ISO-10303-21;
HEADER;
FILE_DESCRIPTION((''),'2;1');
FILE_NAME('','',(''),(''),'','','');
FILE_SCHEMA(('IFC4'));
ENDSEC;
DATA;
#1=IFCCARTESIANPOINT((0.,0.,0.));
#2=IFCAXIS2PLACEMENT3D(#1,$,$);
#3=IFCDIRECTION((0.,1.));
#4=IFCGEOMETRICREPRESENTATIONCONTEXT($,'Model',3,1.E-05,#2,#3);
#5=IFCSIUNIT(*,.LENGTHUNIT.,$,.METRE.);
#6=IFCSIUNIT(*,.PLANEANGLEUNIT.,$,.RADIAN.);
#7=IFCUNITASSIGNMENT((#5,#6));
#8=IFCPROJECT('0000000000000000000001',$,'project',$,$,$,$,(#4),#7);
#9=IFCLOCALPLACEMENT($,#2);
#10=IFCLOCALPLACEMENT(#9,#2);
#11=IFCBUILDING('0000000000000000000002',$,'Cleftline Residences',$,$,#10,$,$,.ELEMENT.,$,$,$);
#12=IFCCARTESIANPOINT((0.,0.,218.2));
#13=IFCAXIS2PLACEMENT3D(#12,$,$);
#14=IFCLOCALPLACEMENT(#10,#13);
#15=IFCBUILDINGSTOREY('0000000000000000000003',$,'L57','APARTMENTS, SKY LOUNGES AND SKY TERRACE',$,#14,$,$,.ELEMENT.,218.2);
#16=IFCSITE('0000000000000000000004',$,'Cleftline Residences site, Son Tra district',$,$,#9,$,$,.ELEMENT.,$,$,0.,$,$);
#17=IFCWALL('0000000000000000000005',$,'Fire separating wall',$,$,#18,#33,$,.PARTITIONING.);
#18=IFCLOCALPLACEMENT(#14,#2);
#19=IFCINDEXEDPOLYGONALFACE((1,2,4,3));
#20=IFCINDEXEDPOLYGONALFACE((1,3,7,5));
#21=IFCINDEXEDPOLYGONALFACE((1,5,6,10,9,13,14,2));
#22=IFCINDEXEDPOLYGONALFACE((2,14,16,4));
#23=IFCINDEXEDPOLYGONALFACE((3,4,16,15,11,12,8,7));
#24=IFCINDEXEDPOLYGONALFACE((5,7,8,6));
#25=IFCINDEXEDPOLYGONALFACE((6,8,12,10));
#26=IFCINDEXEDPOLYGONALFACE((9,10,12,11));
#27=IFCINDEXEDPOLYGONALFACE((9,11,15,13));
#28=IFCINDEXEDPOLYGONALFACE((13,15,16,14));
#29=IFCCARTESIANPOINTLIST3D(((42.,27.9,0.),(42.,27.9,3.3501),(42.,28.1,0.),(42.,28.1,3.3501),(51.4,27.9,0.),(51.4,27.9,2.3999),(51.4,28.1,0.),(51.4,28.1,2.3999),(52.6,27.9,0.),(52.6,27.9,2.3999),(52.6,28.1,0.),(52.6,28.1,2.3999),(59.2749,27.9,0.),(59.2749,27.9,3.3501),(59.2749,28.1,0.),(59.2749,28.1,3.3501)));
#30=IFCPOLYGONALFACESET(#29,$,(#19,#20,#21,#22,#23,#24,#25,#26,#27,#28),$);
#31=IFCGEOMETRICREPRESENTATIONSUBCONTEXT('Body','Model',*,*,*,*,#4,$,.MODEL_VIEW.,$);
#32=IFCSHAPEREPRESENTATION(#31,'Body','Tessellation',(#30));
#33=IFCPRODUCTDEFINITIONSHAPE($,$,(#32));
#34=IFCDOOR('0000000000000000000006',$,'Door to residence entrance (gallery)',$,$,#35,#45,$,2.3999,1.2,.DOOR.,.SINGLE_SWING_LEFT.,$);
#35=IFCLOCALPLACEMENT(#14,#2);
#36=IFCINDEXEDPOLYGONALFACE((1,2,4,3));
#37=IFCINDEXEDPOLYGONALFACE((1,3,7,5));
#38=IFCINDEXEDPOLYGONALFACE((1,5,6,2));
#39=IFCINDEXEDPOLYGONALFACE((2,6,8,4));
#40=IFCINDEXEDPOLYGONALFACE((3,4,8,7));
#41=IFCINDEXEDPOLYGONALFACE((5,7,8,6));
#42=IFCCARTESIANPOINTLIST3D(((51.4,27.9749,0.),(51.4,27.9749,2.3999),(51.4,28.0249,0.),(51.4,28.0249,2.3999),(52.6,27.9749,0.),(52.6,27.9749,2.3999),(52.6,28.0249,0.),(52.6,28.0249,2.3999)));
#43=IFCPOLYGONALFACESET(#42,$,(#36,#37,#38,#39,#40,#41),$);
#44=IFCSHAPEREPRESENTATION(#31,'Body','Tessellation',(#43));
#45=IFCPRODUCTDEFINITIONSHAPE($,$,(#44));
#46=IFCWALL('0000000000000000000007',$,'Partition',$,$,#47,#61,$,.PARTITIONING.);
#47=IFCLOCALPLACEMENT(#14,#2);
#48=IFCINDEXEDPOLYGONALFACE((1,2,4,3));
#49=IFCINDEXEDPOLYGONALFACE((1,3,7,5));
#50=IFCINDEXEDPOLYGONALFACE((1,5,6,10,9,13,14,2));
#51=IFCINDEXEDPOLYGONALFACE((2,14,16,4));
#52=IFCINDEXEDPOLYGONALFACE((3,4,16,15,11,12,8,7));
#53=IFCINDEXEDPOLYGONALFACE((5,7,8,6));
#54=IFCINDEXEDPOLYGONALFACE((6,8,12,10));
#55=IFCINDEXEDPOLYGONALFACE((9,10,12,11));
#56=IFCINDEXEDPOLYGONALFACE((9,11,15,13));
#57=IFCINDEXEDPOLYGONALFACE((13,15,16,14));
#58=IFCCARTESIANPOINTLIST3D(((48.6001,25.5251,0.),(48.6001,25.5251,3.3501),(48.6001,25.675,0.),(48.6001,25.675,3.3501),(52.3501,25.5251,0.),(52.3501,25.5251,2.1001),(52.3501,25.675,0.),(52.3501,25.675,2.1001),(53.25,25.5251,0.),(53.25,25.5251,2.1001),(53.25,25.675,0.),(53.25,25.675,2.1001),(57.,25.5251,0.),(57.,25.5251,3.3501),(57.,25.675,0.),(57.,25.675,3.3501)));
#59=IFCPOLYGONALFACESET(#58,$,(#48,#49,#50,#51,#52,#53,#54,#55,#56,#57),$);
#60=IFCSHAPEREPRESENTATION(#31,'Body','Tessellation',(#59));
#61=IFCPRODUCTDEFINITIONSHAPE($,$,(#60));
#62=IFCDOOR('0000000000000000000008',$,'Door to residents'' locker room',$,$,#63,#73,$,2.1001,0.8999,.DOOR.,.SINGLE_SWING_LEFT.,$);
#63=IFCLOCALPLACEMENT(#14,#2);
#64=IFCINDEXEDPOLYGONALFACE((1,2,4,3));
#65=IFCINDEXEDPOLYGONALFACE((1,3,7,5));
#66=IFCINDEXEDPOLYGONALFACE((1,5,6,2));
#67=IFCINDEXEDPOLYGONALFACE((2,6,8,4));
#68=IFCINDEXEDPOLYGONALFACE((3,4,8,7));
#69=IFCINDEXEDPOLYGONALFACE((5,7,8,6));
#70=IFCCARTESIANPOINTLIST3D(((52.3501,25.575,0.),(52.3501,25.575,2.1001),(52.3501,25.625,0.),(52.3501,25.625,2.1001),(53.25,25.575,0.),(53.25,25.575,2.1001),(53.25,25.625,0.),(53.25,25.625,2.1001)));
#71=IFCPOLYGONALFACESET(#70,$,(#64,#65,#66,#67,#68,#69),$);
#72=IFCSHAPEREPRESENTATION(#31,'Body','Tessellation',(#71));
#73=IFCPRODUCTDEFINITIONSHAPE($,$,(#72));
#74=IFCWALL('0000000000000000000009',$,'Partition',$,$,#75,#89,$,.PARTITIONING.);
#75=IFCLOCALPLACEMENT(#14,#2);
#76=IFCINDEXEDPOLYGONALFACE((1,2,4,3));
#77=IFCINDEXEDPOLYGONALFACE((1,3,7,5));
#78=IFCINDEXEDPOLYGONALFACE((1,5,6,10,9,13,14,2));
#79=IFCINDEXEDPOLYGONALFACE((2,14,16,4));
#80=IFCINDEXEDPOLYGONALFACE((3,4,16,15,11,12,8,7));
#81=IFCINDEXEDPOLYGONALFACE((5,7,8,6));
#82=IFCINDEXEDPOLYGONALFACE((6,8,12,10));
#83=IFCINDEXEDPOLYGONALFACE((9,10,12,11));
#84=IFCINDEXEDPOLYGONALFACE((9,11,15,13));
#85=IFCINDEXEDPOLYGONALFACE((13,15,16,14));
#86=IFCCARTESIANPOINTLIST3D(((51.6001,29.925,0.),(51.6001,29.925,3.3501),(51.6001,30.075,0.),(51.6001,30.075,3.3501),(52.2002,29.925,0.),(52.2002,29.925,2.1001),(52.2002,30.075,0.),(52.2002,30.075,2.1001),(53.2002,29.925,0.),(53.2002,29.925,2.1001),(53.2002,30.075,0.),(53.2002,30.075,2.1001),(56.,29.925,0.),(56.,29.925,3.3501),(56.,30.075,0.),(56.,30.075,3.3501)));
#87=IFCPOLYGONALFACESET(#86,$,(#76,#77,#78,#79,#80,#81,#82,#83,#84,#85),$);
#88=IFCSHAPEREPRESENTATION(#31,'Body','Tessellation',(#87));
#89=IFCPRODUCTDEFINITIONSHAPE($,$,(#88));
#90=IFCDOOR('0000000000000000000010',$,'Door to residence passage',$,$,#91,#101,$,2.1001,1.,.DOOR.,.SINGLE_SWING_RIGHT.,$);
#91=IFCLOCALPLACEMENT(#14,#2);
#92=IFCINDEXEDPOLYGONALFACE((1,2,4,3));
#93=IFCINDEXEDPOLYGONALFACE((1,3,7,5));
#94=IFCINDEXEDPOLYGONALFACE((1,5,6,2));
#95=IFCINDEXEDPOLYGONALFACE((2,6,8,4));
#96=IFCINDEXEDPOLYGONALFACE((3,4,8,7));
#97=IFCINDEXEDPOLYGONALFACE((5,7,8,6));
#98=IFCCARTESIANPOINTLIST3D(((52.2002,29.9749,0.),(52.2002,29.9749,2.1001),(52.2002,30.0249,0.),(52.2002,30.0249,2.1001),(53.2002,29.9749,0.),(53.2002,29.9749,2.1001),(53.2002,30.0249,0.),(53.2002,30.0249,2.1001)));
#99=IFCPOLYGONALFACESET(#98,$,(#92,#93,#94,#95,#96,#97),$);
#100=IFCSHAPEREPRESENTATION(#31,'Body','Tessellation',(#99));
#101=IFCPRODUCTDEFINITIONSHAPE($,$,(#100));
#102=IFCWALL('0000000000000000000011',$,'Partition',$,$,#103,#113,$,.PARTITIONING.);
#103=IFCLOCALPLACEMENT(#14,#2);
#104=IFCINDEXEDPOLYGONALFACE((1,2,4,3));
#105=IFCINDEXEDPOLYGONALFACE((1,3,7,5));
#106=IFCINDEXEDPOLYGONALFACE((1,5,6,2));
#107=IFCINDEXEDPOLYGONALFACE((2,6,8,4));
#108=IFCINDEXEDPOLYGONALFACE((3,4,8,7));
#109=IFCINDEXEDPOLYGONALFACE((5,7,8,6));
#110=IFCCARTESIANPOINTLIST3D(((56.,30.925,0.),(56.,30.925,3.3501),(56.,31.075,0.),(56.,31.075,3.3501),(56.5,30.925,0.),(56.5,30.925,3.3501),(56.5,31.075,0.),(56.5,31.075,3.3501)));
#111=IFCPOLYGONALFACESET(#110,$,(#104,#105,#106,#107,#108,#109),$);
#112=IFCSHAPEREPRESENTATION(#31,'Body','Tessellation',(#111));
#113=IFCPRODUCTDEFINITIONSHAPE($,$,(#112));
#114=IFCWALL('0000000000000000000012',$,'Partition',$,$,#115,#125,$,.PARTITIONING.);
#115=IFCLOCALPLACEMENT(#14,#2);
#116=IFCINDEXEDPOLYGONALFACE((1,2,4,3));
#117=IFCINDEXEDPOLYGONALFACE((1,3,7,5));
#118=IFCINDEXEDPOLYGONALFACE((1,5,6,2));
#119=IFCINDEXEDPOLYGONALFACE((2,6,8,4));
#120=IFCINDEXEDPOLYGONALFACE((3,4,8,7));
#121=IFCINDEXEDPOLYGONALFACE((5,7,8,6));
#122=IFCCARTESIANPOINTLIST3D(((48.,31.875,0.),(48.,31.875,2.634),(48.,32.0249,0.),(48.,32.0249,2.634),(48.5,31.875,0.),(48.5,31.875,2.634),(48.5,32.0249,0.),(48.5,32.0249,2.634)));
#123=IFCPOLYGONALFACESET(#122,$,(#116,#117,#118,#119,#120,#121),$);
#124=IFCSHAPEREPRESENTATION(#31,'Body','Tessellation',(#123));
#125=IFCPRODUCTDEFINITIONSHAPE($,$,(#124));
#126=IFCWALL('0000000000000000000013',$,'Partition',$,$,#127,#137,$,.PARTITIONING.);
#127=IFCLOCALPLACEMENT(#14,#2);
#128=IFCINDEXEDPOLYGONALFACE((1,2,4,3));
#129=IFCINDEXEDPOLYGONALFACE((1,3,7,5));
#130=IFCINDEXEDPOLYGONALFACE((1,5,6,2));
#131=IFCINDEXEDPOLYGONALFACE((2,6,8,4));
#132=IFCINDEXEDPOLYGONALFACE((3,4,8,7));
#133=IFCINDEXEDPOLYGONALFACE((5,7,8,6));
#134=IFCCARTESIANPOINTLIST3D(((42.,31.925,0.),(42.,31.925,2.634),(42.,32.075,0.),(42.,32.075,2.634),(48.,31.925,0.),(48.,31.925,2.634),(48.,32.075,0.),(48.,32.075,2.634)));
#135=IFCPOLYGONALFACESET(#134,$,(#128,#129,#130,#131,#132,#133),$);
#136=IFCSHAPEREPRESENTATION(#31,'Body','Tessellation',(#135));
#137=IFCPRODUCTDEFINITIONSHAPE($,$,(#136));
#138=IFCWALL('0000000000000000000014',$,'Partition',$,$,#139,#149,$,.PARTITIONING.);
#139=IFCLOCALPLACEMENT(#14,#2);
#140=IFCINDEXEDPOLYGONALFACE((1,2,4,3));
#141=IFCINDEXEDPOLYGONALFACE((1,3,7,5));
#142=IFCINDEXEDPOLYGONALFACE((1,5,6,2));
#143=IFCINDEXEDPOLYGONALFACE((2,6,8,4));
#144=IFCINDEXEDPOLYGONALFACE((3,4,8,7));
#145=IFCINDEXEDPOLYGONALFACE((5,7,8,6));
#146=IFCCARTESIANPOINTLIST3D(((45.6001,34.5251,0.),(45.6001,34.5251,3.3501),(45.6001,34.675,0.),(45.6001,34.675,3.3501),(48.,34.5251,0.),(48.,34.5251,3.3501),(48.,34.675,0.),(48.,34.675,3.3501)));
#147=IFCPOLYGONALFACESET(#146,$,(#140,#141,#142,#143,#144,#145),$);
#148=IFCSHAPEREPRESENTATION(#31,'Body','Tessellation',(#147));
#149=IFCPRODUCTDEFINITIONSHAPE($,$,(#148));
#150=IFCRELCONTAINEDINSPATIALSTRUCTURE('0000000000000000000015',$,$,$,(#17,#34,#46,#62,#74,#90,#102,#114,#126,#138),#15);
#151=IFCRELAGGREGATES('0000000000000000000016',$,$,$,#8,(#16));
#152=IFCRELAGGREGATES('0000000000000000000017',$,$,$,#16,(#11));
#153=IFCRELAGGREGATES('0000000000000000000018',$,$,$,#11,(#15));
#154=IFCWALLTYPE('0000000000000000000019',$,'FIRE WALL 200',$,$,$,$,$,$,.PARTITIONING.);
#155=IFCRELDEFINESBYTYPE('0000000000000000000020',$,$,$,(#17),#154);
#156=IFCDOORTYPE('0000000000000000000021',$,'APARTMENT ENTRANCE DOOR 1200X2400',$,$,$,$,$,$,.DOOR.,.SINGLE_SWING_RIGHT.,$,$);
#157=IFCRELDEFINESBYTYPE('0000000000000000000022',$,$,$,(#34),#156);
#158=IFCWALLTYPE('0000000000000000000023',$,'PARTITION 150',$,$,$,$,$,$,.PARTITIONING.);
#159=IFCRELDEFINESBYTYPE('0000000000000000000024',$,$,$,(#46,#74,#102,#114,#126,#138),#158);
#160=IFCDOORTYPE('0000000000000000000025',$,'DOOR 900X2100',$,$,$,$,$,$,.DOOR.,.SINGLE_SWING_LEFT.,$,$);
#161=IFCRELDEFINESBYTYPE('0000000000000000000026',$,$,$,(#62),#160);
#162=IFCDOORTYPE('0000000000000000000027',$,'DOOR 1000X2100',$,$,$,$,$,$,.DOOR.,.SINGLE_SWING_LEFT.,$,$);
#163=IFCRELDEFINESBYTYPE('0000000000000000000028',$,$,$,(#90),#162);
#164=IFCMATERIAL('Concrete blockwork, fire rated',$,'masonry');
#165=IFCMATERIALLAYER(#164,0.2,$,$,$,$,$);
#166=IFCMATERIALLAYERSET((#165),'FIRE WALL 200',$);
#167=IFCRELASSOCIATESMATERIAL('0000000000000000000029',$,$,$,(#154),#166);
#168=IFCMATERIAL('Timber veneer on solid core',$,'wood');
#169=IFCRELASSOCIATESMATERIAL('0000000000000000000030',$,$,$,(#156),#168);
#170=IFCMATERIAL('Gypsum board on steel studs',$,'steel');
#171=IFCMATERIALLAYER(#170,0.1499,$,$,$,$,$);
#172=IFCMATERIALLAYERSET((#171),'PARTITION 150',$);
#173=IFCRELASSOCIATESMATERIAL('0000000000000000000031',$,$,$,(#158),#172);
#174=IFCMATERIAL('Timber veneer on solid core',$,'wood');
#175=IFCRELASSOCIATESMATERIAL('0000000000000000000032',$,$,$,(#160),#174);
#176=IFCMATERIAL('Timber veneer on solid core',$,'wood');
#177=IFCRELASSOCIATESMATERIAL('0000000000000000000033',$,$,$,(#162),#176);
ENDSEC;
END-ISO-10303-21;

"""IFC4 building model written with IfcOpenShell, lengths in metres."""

from ifc_helpers import new_model, si_unit, direction, frame, frame_2d, origin, place, context, subcontext, project, spatial, rectangle, extrude, material, layer, layer_set, type_object, element, fill, save


model = new_model("IFC4")

# Units and contexts
model_context = context("Model", 3, precision=1e-05, world=origin(), true_north=direction((0.0, 1.0)))
body_context = subcontext(model_context, "Body", "Model", "MODEL_VIEW")
ifc_project = project(units=[si_unit("LENGTHUNIT", "METRE"), si_unit("PLANEANGLEUNIT", "RADIAN")], contexts=[model_context])

# Site, building, storey
site_placement = place(None, origin())
site = spatial("IfcSite", under=ifc_project, at=site_placement, Name="Cleftline Residences site, Son Tra district", CompositionType="ELEMENT", RefElevation=0.0)
building_placement = place(site_placement, origin())
building = spatial("IfcBuilding", under=site, at=building_placement, Name="Cleftline Residences", CompositionType="ELEMENT")
storey_placement = place(building_placement, frame((0.0, 0.0, 218.2)))
storey = spatial("IfcBuildingStorey", under=building, at=storey_placement, Name="L57", Description="APARTMENTS, SKY LOUNGES AND SKY TERRACE", CompositionType="ELEMENT", Elevation=218.2)

# Walls, openings, doors
ifc_material_1 = material(Name="Concrete blockwork, fire rated", Category="masonry")
ifc_layer_1 = layer(ifc_material_1, 0.2)
ifc_layer_set_1 = layer_set([ifc_layer_1], Name="FIRE WALL 200")
wall_type_1 = type_object("IfcWallType", Name="FIRE WALL 200", PredefinedType="PARTITIONING", material=ifc_layer_set_1)
wall_1_placement = place(storey_placement, frame((42.0, 28.0, 0.0), z_axis=(0.0, 0.0, 1.0), x_axis=(1.0, 0.0, 0.0)))
wall_1 = element("IfcWall", 1, at=wall_1_placement, inside=storey, type_object=wall_type_1, Name="Fire separating wall", PredefinedType="PARTITIONING", context=body_context, shape_type="SweptSolid", body=[
    extrude(rectangle(XDim=17.2749, YDim=0.2, at=frame_2d((8.6375, 0.0))), origin(), (0.0, 0.0, 1.0), 3.3501),
])
opening_1_placement = place(wall_1_placement, frame((9.3999, 0.0, 0.0)))
opening_1 = element("IfcOpeningElement", 2, at=opening_1_placement, cuts=wall_1, PredefinedType="OPENING", context=body_context, shape_type="SweptSolid", body=[
    extrude(rectangle(XDim=1.2, YDim=2.3999, at=frame_2d((0.6001, 1.2))), frame((0.0, 0.1099, 0.0), z_axis=(0.0, -1.0, 0.0), x_axis=(1.0, 0.0, 0.0)), (0.0, 0.0, 1.0), 0.22),
])
ifc_material_2 = material(Name="Timber veneer on solid core", Category="wood")
door_type_1 = type_object("IfcDoorType", Name="APARTMENT ENTRANCE DOOR 1200X2400", OperationType="SINGLE_SWING_RIGHT", PredefinedType="DOOR", material=ifc_material_2)
door_1_placement = place(opening_1_placement, origin())
door_1 = element("IfcDoor", 3, at=door_1_placement, inside=storey, type_object=door_type_1, Name="Door to residence entrance (gallery)", OperationType="SINGLE_SWING_LEFT", OverallHeight=2.3999, OverallWidth=1.2, PredefinedType="DOOR", context=body_context, shape_type="SweptSolid", body=[
    extrude(rectangle(XDim=1.2, YDim=2.3999, at=frame_2d((0.6001, 1.2))), frame((0.0, 0.0249, 0.0), z_axis=(0.0, -1.0, 0.0), x_axis=(1.0, 0.0, 0.0)), (0.0, 0.0, 1.0), 0.05),
])
fill(opening_1, door_1)
ifc_material_3 = material(Name="Gypsum board on steel studs", Category="steel")
ifc_layer_2 = layer(ifc_material_3, 0.1499)
ifc_layer_set_2 = layer_set([ifc_layer_2], Name="PARTITION 150")
wall_type_2 = type_object("IfcWallType", Name="PARTITION 150", PredefinedType="PARTITIONING", material=ifc_layer_set_2)
wall_2_placement = place(storey_placement, frame((48.6001, 25.6001, 0.0), z_axis=(0.0, 0.0, 1.0), x_axis=(1.0, 0.0, 0.0)))
wall_2 = element("IfcWall", 4, at=wall_2_placement, inside=storey, type_object=wall_type_2, Name="Partition", PredefinedType="PARTITIONING", context=body_context, shape_type="SweptSolid", body=[
    extrude(rectangle(XDim=8.3999, YDim=0.1499, at=frame_2d((4.2, 0.0))), origin(), (0.0, 0.0, 1.0), 3.3501),
])
opening_2_placement = place(wall_2_placement, frame((3.75, 0.0, 0.0)))
opening_2 = element("IfcOpeningElement", 5, at=opening_2_placement, cuts=wall_2, PredefinedType="OPENING", context=body_context, shape_type="SweptSolid", body=[
    extrude(rectangle(XDim=0.8999, YDim=2.1001, at=frame_2d((0.45, 1.05))), frame((0.0, 0.085, 0.0), z_axis=(0.0, -1.0, 0.0), x_axis=(1.0, 0.0, 0.0)), (0.0, 0.0, 1.0), 0.1699),
])
ifc_material_4 = material(Name="Timber veneer on solid core", Category="wood")
door_type_2 = type_object("IfcDoorType", Name="DOOR 900X2100", OperationType="SINGLE_SWING_LEFT", PredefinedType="DOOR", material=ifc_material_4)
door_2_placement = place(opening_2_placement, origin())
door_2 = element("IfcDoor", 6, at=door_2_placement, inside=storey, type_object=door_type_2, Name="Door to residents' locker room", OperationType="SINGLE_SWING_LEFT", OverallHeight=2.1001, OverallWidth=0.8999, PredefinedType="DOOR", context=body_context, shape_type="SweptSolid", body=[
    extrude(rectangle(XDim=0.8999, YDim=2.1001, at=frame_2d((0.45, 1.05))), frame((0.0, 0.0249, 0.0), z_axis=(0.0, -1.0, 0.0), x_axis=(1.0, 0.0, 0.0)), (0.0, 0.0, 1.0), 0.05),
])
fill(opening_2, door_2)
wall_3_placement = place(storey_placement, frame((51.6001, 30.0, 0.0), z_axis=(0.0, 0.0, 1.0), x_axis=(1.0, 0.0, 0.0)))
wall_3 = element("IfcWall", 7, at=wall_3_placement, inside=storey, type_object=wall_type_2, Name="Partition", PredefinedType="PARTITIONING", context=body_context, shape_type="SweptSolid", body=[
    extrude(rectangle(XDim=4.3999, YDim=0.1499, at=frame_2d((2.2, 0.0))), origin(), (0.0, 0.0, 1.0), 3.3501),
])
opening_3_placement = place(wall_3_placement, frame((0.6001, 0.0, 0.0)))
opening_3 = element("IfcOpeningElement", 8, at=opening_3_placement, cuts=wall_3, PredefinedType="OPENING", context=body_context, shape_type="SweptSolid", body=[
    extrude(rectangle(XDim=1.0, YDim=2.1001, at=frame_2d((0.5, 1.05))), frame((0.0, 0.085, 0.0), z_axis=(0.0, -1.0, 0.0), x_axis=(1.0, 0.0, 0.0)), (0.0, 0.0, 1.0), 0.1699),
])
ifc_material_5 = material(Name="Timber veneer on solid core", Category="wood")
door_type_3 = type_object("IfcDoorType", Name="DOOR 1000X2100", OperationType="SINGLE_SWING_LEFT", PredefinedType="DOOR", material=ifc_material_5)
door_3_placement = place(opening_3_placement, origin())
door_3 = element("IfcDoor", 9, at=door_3_placement, inside=storey, type_object=door_type_3, Name="Door to residence passage", OperationType="SINGLE_SWING_RIGHT", OverallHeight=2.1001, OverallWidth=1.0, PredefinedType="DOOR", context=body_context, shape_type="SweptSolid", body=[
    extrude(rectangle(XDim=1.0, YDim=2.1001, at=frame_2d((0.5, 1.05))), frame((0.0, 0.0249, 0.0), z_axis=(0.0, -1.0, 0.0), x_axis=(1.0, 0.0, 0.0)), (0.0, 0.0, 1.0), 0.05),
])
fill(opening_3, door_3)

# Walls
wall_4_placement = place(storey_placement, frame((56.0, 31.0, 0.0), z_axis=(0.0, 0.0, 1.0), x_axis=(1.0, 0.0, 0.0)))
element("IfcWall", 10, at=wall_4_placement, inside=storey, type_object=wall_type_2, Name="Partition", PredefinedType="PARTITIONING", context=body_context, shape_type="SweptSolid", body=[
    extrude(rectangle(XDim=0.5, YDim=0.1499, at=frame_2d((0.25, 0.0))), origin(), (0.0, 0.0, 1.0), 3.3501),
])
wall_5_placement = place(storey_placement, frame((48.0, 31.95, 0.0), z_axis=(0.0, 0.0, 1.0), x_axis=(1.0, 0.0, 0.0)))
element("IfcWall", 11, at=wall_5_placement, inside=storey, type_object=wall_type_2, Name="Partition", PredefinedType="PARTITIONING", context=body_context, shape_type="SweptSolid", body=[
    extrude(rectangle(XDim=0.5, YDim=0.1499, at=frame_2d((0.25, 0.0))), origin(), (0.0, 0.0, 1.0), 2.634),
])
wall_6_placement = place(storey_placement, frame((42.0, 32.0, 0.0), z_axis=(0.0, 0.0, 1.0), x_axis=(1.0, 0.0, 0.0)))
element("IfcWall", 12, at=wall_6_placement, inside=storey, type_object=wall_type_2, Name="Partition", PredefinedType="PARTITIONING", context=body_context, shape_type="SweptSolid", body=[
    extrude(rectangle(XDim=6.0, YDim=0.1499, at=frame_2d((3.0, 0.0))), origin(), (0.0, 0.0, 1.0), 2.634),
])
wall_7_placement = place(storey_placement, frame((45.6001, 34.6001, 0.0), z_axis=(0.0, 0.0, 1.0), x_axis=(1.0, 0.0, 0.0)))
element("IfcWall", 13, at=wall_7_placement, inside=storey, type_object=wall_type_2, Name="Partition", PredefinedType="PARTITIONING", context=body_context, shape_type="SweptSolid", body=[
    extrude(rectangle(XDim=2.3999, YDim=0.1499, at=frame_2d((1.2, 0.0))), origin(), (0.0, 0.0, 1.0), 3.3501),
])

save(model, "model.ifc")
